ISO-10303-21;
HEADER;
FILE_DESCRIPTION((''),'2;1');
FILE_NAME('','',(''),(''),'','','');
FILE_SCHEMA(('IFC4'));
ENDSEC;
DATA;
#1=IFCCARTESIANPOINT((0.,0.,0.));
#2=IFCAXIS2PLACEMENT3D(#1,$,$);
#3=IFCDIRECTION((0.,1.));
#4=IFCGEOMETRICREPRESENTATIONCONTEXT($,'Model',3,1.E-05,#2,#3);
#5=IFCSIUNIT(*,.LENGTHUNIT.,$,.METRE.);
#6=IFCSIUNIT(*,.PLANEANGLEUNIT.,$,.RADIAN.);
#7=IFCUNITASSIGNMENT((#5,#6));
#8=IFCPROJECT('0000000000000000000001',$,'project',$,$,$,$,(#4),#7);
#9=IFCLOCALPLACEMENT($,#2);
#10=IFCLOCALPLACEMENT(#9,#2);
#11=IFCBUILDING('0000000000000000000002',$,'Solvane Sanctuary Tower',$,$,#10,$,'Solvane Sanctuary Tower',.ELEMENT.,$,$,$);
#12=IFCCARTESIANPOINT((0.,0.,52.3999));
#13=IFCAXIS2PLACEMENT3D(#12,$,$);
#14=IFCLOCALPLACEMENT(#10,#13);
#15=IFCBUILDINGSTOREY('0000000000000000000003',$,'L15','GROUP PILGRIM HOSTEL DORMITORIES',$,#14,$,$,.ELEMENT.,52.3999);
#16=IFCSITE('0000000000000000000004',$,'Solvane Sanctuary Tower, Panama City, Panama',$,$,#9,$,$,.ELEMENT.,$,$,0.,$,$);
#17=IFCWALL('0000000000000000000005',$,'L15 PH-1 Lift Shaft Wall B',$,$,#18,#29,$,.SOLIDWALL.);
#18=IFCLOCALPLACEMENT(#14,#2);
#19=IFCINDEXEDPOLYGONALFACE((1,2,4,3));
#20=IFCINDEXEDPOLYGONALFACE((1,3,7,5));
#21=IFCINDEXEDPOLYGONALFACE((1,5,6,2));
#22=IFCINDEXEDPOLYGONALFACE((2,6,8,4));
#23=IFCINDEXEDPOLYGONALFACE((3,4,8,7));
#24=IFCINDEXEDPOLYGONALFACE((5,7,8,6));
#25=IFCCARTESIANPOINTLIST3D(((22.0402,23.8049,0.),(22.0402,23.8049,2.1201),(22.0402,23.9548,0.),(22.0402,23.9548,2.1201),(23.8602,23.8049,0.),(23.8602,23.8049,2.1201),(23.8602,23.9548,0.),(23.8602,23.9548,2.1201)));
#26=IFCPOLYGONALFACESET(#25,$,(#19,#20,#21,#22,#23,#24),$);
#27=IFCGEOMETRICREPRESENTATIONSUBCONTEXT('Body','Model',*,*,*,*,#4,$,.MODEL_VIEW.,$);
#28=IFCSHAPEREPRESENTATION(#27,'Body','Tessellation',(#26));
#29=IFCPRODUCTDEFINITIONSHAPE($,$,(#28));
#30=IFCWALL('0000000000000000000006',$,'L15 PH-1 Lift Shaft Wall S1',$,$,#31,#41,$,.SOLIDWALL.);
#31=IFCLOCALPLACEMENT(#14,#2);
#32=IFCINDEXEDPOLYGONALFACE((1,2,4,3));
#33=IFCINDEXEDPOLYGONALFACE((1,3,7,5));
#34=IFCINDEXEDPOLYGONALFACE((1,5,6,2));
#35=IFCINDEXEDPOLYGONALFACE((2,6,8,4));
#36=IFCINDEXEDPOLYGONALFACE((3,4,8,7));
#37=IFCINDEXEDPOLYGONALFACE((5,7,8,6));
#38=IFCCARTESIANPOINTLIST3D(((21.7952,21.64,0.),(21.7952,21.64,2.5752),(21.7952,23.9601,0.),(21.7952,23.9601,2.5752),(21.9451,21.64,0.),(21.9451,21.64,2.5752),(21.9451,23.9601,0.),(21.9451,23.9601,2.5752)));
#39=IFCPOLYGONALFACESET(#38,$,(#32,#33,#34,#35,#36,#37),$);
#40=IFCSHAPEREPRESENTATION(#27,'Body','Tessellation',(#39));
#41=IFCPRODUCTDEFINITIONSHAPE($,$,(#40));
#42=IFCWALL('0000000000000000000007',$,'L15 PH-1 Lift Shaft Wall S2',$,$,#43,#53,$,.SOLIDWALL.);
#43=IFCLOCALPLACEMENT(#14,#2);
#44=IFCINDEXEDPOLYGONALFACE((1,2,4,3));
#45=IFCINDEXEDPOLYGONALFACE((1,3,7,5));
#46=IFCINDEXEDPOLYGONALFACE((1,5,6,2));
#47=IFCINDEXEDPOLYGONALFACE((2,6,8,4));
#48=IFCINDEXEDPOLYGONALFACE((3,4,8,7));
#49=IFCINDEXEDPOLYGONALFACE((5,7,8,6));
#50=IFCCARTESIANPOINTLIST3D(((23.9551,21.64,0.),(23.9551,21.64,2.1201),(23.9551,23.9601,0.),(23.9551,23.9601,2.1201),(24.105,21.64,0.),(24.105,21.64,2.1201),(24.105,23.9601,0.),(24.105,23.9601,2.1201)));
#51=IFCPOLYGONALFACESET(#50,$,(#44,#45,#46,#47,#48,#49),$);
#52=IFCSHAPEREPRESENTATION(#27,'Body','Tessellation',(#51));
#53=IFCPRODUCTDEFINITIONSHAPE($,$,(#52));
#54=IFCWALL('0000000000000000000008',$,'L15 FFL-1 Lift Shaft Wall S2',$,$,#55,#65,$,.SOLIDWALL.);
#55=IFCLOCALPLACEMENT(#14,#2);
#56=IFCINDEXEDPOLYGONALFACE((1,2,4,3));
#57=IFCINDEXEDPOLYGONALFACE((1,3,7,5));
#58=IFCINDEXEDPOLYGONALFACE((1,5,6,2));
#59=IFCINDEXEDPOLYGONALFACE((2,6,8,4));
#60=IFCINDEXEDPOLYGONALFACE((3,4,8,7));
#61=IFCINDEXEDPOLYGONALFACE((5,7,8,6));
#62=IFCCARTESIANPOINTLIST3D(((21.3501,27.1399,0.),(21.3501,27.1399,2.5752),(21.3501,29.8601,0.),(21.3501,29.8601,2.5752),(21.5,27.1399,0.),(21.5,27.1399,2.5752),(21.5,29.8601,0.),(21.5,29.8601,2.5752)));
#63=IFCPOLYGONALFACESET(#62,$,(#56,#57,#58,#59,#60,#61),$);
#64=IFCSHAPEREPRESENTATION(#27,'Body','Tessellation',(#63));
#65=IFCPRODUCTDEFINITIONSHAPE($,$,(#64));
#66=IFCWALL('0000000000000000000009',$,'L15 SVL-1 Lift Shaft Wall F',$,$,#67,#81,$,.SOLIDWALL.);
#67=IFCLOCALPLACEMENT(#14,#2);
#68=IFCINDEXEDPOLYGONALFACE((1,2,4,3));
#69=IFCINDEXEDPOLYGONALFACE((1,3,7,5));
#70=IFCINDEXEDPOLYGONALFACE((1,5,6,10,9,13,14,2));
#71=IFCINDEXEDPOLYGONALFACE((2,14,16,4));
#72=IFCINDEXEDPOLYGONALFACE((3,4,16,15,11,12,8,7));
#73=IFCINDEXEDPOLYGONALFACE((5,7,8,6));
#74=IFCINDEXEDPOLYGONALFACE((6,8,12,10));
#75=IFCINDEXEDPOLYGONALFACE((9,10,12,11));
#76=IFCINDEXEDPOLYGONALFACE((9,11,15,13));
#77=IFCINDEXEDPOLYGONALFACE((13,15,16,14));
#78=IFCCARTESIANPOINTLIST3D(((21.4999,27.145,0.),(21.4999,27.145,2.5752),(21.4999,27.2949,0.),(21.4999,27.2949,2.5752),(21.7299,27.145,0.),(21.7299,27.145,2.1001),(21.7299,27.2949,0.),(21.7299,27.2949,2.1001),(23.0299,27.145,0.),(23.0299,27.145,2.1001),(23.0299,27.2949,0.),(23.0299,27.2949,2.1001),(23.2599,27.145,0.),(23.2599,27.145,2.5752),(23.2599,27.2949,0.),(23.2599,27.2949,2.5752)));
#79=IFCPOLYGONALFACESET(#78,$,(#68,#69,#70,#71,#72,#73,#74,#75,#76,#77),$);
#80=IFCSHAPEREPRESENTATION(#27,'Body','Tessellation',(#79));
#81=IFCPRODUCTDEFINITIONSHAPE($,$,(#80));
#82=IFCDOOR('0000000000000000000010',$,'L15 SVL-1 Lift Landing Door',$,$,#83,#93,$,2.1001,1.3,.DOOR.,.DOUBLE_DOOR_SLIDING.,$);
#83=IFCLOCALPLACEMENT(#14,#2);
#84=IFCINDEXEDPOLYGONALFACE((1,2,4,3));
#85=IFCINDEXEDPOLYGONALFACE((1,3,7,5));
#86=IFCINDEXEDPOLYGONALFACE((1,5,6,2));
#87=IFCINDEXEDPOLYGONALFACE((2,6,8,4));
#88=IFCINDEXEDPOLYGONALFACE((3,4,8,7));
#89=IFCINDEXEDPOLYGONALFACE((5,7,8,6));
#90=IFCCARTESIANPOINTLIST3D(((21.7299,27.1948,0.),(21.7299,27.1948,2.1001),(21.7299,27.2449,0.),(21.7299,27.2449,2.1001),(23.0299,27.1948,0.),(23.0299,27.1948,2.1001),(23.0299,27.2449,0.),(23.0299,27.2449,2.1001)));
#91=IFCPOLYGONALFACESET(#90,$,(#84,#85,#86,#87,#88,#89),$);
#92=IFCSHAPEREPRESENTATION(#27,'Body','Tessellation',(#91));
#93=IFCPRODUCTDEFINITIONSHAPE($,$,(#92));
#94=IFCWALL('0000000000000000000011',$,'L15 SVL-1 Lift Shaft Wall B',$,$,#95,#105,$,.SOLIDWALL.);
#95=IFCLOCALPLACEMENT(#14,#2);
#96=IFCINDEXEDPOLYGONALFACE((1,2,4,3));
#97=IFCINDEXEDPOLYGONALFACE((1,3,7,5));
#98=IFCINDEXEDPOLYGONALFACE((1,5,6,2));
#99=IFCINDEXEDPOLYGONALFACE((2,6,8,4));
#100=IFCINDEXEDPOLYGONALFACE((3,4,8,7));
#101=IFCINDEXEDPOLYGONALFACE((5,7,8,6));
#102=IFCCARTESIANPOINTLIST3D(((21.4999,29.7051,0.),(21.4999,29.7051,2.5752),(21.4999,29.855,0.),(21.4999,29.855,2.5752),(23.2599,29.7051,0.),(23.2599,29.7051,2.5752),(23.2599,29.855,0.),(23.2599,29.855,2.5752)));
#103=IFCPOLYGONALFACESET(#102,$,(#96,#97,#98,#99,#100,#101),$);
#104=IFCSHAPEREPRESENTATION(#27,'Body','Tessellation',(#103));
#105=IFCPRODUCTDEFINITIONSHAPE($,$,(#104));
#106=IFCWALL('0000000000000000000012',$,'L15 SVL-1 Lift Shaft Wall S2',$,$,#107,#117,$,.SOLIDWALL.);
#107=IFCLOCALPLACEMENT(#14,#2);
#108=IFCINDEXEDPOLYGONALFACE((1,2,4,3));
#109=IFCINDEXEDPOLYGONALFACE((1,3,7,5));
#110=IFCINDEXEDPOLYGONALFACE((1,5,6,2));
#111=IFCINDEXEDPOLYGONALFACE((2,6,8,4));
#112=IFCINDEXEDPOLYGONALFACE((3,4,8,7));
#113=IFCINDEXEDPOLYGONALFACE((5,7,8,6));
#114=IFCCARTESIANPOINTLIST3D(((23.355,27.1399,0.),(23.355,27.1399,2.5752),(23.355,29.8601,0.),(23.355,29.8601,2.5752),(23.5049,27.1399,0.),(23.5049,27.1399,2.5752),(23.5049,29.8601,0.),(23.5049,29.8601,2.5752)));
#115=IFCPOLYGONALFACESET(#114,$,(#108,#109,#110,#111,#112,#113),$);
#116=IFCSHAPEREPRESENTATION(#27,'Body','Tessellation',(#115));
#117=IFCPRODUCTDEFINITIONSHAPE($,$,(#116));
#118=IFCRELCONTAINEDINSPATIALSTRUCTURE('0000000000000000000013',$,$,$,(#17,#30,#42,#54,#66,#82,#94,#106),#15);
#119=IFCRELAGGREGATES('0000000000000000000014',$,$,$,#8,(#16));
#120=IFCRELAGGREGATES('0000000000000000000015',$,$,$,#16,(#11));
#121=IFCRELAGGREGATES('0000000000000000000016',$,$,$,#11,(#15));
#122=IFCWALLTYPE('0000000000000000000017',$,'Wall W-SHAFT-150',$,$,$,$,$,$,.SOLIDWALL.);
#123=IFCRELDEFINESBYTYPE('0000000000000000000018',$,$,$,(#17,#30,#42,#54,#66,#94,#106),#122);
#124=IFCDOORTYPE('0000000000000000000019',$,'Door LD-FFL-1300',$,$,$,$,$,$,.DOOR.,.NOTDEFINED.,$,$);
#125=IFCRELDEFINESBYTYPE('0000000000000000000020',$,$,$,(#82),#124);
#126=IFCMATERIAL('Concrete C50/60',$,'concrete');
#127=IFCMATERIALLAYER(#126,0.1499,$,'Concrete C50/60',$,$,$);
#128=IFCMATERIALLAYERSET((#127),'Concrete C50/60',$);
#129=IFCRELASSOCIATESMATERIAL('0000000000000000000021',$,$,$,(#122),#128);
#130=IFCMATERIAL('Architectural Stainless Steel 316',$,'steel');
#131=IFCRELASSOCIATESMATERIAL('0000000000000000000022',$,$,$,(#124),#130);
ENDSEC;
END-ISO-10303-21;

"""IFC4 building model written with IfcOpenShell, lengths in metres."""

from ifc_helpers import new_model, si_unit, direction, frame, frame_2d, origin, place, context, subcontext, project, spatial, rectangle, extrude, material, layer, layer_set, type_object, element, fill, save


model = new_model("IFC4")

# Units and contexts
model_context = context("Model", 3, precision=1e-05, world=origin(), true_north=direction((0.0, 1.0)))
body_context = subcontext(model_context, "Body", "Model", "MODEL_VIEW")
ifc_project = project(units=[si_unit("LENGTHUNIT", "METRE"), si_unit("PLANEANGLEUNIT", "RADIAN")], contexts=[model_context])

# Site, building, storey
site_placement = place(None, origin())
site = spatial("IfcSite", under=ifc_project, at=site_placement, Name="Solvane Sanctuary Tower, Panama City, Panama", CompositionType="ELEMENT", RefElevation=0.0)
building_placement = place(site_placement, origin())
building = spatial("IfcBuilding", under=site, at=building_placement, Name="Solvane Sanctuary Tower", LongName="Solvane Sanctuary Tower", CompositionType="ELEMENT")
storey_placement = place(building_placement, frame((0.0, 0.0, 52.3999)))
storey = spatial("IfcBuildingStorey", under=building, at=storey_placement, Name="L15", Description="GROUP PILGRIM HOSTEL DORMITORIES", CompositionType="ELEMENT", Elevation=52.3999)

# Shared definitions
ifc_material_1 = material(Name="Architectural Stainless Steel 316", Category="steel")

# Walls
ifc_material_2 = material(Name="Concrete C50/60", Category="concrete")
ifc_layer_1 = layer(ifc_material_2, 0.1499, Name="Concrete C50/60")
ifc_layer_set_1 = layer_set([ifc_layer_1], Name="Concrete C50/60")
wall_type_1 = type_object("IfcWallType", Name="Wall W-SHAFT-150", PredefinedType="SOLIDWALL", material=ifc_layer_set_1)
for number, where, z_axis, x_axis, name in (
    (1, (22.04, 23.8799, 0.0), (0.0, 0.0, 1.0), (1.0, 0.0, 0.0), "L15 PH-1 Lift Shaft Wall B"),
):
    element("IfcWall", number, at=place(storey_placement, frame(where, z_axis=z_axis, x_axis=x_axis)), inside=storey, type_object=wall_type_1, Name=name, PredefinedType="SOLIDWALL", context=body_context, shape_type="SweptSolid", body=[
        extrude(rectangle(XDim=1.8201, YDim=0.1499, at=frame_2d((0.9102, 0.0))), origin(), (0.0, 0.0, 1.0), 2.1201),
    ])
wall_1_placement = place(storey_placement, frame((21.8701, 21.6399, 0.0), z_axis=(0.0, 0.0, 1.0), x_axis=(0.0, 1.0, 0.0)))
element("IfcWall", 2, at=wall_1_placement, inside=storey, type_object=wall_type_1, Name="L15 PH-1 Lift Shaft Wall S1", PredefinedType="SOLIDWALL", context=body_context, shape_type="SweptSolid", body=[
    extrude(rectangle(XDim=2.3201, YDim=0.1499, at=frame_2d((1.1602, 0.0))), origin(), (0.0, 0.0, 1.0), 2.5752),
])
wall_2_placement = place(storey_placement, frame((24.03, 21.6399, 0.0), z_axis=(0.0, 0.0, 1.0), x_axis=(0.0, 1.0, 0.0)))
element("IfcWall", 3, at=wall_2_placement, inside=storey, type_object=wall_type_1, Name="L15 PH-1 Lift Shaft Wall S2", PredefinedType="SOLIDWALL", context=body_context, shape_type="SweptSolid", body=[
    extrude(rectangle(XDim=2.3201, YDim=0.1499, at=frame_2d((1.1602, 0.0))), origin(), (0.0, 0.0, 1.0), 2.1201),
])
wall_3_placement = place(storey_placement, frame((21.425, 27.1399, 0.0), z_axis=(0.0, 0.0, 1.0), x_axis=(0.0, 1.0, 0.0)))
element("IfcWall", 4, at=wall_3_placement, inside=storey, type_object=wall_type_1, Name="L15 FFL-1 Lift Shaft Wall S2", PredefinedType="SOLIDWALL", context=body_context, shape_type="SweptSolid", body=[
    extrude(rectangle(XDim=2.7202, YDim=0.1499, at=frame_2d((1.3601, 0.0))), origin(), (0.0, 0.0, 1.0), 2.5752),
])

# Wall, opening, door
wall_4_placement = place(storey_placement, frame((21.5, 27.22, 0.0), z_axis=(0.0, 0.0, 1.0), x_axis=(1.0, 0.0, 0.0)))
wall_4 = element("IfcWall", 5, at=wall_4_placement, inside=storey, type_object=wall_type_1, Name="L15 SVL-1 Lift Shaft Wall F", PredefinedType="SOLIDWALL", context=body_context, shape_type="SweptSolid", body=[
    extrude(rectangle(XDim=1.76, YDim=0.1499, at=frame_2d((0.8799, 0.0))), origin(), (0.0, 0.0, 1.0), 2.5752),
])
opening_1_placement = place(wall_4_placement, frame((0.23, 0.0, 0.0)))
opening_1 = element("IfcOpeningElement", 6, at=opening_1_placement, cuts=wall_4, PredefinedType="OPENING", context=body_context, shape_type="SweptSolid", body=[
    extrude(rectangle(XDim=1.3, YDim=2.1001, at=frame_2d((0.6499, 1.05))), frame((0.0, 0.085, 0.0), z_axis=(0.0, -1.0, 0.0), x_axis=(1.0, 0.0, 0.0)), (0.0, 0.0, 1.0), 0.1699),
])
door_type_1 = type_object("IfcDoorType", Name="Door LD-FFL-1300", OperationType="NOTDEFINED", PredefinedType="DOOR", material=ifc_material_1)
door_1_placement = place(opening_1_placement, origin())
door_1 = element("IfcDoor", 7, at=door_1_placement, inside=storey, type_object=door_type_1, Name="L15 SVL-1 Lift Landing Door", OperationType="DOUBLE_DOOR_SLIDING", OverallHeight=2.1001, OverallWidth=1.3, PredefinedType="DOOR", context=body_context, shape_type="SweptSolid", body=[
    extrude(rectangle(XDim=1.3, YDim=2.1001, at=frame_2d((0.6499, 1.05))), frame((0.0, 0.0249, 0.0), z_axis=(0.0, -1.0, 0.0), x_axis=(1.0, 0.0, 0.0)), (0.0, 0.0, 1.0), 0.05),
])
fill(opening_1, door_1)

# Walls
wall_5_placement = place(storey_placement, frame((21.5, 29.78, 0.0), z_axis=(0.0, 0.0, 1.0), x_axis=(1.0, 0.0, 0.0)))
element("IfcWall", 8, at=wall_5_placement, inside=storey, type_object=wall_type_1, Name="L15 SVL-1 Lift Shaft Wall B", PredefinedType="SOLIDWALL", context=body_context, shape_type="SweptSolid", body=[
    extrude(rectangle(XDim=1.76, YDim=0.1499, at=frame_2d((0.8799, 0.0))), origin(), (0.0, 0.0, 1.0), 2.5752),
])
wall_6_placement = place(storey_placement, frame((23.4299, 27.1399, 0.0), z_axis=(0.0, 0.0, 1.0), x_axis=(0.0, 1.0, 0.0)))
element("IfcWall", 9, at=wall_6_placement, inside=storey, type_object=wall_type_1, Name="L15 SVL-1 Lift Shaft Wall S2", PredefinedType="SOLIDWALL", context=body_context, shape_type="SweptSolid", body=[
    extrude(rectangle(XDim=2.7202, YDim=0.1499, at=frame_2d((1.3601, 0.0))), origin(), (0.0, 0.0, 1.0), 2.5752),
])

save(model, "model.ifc")
